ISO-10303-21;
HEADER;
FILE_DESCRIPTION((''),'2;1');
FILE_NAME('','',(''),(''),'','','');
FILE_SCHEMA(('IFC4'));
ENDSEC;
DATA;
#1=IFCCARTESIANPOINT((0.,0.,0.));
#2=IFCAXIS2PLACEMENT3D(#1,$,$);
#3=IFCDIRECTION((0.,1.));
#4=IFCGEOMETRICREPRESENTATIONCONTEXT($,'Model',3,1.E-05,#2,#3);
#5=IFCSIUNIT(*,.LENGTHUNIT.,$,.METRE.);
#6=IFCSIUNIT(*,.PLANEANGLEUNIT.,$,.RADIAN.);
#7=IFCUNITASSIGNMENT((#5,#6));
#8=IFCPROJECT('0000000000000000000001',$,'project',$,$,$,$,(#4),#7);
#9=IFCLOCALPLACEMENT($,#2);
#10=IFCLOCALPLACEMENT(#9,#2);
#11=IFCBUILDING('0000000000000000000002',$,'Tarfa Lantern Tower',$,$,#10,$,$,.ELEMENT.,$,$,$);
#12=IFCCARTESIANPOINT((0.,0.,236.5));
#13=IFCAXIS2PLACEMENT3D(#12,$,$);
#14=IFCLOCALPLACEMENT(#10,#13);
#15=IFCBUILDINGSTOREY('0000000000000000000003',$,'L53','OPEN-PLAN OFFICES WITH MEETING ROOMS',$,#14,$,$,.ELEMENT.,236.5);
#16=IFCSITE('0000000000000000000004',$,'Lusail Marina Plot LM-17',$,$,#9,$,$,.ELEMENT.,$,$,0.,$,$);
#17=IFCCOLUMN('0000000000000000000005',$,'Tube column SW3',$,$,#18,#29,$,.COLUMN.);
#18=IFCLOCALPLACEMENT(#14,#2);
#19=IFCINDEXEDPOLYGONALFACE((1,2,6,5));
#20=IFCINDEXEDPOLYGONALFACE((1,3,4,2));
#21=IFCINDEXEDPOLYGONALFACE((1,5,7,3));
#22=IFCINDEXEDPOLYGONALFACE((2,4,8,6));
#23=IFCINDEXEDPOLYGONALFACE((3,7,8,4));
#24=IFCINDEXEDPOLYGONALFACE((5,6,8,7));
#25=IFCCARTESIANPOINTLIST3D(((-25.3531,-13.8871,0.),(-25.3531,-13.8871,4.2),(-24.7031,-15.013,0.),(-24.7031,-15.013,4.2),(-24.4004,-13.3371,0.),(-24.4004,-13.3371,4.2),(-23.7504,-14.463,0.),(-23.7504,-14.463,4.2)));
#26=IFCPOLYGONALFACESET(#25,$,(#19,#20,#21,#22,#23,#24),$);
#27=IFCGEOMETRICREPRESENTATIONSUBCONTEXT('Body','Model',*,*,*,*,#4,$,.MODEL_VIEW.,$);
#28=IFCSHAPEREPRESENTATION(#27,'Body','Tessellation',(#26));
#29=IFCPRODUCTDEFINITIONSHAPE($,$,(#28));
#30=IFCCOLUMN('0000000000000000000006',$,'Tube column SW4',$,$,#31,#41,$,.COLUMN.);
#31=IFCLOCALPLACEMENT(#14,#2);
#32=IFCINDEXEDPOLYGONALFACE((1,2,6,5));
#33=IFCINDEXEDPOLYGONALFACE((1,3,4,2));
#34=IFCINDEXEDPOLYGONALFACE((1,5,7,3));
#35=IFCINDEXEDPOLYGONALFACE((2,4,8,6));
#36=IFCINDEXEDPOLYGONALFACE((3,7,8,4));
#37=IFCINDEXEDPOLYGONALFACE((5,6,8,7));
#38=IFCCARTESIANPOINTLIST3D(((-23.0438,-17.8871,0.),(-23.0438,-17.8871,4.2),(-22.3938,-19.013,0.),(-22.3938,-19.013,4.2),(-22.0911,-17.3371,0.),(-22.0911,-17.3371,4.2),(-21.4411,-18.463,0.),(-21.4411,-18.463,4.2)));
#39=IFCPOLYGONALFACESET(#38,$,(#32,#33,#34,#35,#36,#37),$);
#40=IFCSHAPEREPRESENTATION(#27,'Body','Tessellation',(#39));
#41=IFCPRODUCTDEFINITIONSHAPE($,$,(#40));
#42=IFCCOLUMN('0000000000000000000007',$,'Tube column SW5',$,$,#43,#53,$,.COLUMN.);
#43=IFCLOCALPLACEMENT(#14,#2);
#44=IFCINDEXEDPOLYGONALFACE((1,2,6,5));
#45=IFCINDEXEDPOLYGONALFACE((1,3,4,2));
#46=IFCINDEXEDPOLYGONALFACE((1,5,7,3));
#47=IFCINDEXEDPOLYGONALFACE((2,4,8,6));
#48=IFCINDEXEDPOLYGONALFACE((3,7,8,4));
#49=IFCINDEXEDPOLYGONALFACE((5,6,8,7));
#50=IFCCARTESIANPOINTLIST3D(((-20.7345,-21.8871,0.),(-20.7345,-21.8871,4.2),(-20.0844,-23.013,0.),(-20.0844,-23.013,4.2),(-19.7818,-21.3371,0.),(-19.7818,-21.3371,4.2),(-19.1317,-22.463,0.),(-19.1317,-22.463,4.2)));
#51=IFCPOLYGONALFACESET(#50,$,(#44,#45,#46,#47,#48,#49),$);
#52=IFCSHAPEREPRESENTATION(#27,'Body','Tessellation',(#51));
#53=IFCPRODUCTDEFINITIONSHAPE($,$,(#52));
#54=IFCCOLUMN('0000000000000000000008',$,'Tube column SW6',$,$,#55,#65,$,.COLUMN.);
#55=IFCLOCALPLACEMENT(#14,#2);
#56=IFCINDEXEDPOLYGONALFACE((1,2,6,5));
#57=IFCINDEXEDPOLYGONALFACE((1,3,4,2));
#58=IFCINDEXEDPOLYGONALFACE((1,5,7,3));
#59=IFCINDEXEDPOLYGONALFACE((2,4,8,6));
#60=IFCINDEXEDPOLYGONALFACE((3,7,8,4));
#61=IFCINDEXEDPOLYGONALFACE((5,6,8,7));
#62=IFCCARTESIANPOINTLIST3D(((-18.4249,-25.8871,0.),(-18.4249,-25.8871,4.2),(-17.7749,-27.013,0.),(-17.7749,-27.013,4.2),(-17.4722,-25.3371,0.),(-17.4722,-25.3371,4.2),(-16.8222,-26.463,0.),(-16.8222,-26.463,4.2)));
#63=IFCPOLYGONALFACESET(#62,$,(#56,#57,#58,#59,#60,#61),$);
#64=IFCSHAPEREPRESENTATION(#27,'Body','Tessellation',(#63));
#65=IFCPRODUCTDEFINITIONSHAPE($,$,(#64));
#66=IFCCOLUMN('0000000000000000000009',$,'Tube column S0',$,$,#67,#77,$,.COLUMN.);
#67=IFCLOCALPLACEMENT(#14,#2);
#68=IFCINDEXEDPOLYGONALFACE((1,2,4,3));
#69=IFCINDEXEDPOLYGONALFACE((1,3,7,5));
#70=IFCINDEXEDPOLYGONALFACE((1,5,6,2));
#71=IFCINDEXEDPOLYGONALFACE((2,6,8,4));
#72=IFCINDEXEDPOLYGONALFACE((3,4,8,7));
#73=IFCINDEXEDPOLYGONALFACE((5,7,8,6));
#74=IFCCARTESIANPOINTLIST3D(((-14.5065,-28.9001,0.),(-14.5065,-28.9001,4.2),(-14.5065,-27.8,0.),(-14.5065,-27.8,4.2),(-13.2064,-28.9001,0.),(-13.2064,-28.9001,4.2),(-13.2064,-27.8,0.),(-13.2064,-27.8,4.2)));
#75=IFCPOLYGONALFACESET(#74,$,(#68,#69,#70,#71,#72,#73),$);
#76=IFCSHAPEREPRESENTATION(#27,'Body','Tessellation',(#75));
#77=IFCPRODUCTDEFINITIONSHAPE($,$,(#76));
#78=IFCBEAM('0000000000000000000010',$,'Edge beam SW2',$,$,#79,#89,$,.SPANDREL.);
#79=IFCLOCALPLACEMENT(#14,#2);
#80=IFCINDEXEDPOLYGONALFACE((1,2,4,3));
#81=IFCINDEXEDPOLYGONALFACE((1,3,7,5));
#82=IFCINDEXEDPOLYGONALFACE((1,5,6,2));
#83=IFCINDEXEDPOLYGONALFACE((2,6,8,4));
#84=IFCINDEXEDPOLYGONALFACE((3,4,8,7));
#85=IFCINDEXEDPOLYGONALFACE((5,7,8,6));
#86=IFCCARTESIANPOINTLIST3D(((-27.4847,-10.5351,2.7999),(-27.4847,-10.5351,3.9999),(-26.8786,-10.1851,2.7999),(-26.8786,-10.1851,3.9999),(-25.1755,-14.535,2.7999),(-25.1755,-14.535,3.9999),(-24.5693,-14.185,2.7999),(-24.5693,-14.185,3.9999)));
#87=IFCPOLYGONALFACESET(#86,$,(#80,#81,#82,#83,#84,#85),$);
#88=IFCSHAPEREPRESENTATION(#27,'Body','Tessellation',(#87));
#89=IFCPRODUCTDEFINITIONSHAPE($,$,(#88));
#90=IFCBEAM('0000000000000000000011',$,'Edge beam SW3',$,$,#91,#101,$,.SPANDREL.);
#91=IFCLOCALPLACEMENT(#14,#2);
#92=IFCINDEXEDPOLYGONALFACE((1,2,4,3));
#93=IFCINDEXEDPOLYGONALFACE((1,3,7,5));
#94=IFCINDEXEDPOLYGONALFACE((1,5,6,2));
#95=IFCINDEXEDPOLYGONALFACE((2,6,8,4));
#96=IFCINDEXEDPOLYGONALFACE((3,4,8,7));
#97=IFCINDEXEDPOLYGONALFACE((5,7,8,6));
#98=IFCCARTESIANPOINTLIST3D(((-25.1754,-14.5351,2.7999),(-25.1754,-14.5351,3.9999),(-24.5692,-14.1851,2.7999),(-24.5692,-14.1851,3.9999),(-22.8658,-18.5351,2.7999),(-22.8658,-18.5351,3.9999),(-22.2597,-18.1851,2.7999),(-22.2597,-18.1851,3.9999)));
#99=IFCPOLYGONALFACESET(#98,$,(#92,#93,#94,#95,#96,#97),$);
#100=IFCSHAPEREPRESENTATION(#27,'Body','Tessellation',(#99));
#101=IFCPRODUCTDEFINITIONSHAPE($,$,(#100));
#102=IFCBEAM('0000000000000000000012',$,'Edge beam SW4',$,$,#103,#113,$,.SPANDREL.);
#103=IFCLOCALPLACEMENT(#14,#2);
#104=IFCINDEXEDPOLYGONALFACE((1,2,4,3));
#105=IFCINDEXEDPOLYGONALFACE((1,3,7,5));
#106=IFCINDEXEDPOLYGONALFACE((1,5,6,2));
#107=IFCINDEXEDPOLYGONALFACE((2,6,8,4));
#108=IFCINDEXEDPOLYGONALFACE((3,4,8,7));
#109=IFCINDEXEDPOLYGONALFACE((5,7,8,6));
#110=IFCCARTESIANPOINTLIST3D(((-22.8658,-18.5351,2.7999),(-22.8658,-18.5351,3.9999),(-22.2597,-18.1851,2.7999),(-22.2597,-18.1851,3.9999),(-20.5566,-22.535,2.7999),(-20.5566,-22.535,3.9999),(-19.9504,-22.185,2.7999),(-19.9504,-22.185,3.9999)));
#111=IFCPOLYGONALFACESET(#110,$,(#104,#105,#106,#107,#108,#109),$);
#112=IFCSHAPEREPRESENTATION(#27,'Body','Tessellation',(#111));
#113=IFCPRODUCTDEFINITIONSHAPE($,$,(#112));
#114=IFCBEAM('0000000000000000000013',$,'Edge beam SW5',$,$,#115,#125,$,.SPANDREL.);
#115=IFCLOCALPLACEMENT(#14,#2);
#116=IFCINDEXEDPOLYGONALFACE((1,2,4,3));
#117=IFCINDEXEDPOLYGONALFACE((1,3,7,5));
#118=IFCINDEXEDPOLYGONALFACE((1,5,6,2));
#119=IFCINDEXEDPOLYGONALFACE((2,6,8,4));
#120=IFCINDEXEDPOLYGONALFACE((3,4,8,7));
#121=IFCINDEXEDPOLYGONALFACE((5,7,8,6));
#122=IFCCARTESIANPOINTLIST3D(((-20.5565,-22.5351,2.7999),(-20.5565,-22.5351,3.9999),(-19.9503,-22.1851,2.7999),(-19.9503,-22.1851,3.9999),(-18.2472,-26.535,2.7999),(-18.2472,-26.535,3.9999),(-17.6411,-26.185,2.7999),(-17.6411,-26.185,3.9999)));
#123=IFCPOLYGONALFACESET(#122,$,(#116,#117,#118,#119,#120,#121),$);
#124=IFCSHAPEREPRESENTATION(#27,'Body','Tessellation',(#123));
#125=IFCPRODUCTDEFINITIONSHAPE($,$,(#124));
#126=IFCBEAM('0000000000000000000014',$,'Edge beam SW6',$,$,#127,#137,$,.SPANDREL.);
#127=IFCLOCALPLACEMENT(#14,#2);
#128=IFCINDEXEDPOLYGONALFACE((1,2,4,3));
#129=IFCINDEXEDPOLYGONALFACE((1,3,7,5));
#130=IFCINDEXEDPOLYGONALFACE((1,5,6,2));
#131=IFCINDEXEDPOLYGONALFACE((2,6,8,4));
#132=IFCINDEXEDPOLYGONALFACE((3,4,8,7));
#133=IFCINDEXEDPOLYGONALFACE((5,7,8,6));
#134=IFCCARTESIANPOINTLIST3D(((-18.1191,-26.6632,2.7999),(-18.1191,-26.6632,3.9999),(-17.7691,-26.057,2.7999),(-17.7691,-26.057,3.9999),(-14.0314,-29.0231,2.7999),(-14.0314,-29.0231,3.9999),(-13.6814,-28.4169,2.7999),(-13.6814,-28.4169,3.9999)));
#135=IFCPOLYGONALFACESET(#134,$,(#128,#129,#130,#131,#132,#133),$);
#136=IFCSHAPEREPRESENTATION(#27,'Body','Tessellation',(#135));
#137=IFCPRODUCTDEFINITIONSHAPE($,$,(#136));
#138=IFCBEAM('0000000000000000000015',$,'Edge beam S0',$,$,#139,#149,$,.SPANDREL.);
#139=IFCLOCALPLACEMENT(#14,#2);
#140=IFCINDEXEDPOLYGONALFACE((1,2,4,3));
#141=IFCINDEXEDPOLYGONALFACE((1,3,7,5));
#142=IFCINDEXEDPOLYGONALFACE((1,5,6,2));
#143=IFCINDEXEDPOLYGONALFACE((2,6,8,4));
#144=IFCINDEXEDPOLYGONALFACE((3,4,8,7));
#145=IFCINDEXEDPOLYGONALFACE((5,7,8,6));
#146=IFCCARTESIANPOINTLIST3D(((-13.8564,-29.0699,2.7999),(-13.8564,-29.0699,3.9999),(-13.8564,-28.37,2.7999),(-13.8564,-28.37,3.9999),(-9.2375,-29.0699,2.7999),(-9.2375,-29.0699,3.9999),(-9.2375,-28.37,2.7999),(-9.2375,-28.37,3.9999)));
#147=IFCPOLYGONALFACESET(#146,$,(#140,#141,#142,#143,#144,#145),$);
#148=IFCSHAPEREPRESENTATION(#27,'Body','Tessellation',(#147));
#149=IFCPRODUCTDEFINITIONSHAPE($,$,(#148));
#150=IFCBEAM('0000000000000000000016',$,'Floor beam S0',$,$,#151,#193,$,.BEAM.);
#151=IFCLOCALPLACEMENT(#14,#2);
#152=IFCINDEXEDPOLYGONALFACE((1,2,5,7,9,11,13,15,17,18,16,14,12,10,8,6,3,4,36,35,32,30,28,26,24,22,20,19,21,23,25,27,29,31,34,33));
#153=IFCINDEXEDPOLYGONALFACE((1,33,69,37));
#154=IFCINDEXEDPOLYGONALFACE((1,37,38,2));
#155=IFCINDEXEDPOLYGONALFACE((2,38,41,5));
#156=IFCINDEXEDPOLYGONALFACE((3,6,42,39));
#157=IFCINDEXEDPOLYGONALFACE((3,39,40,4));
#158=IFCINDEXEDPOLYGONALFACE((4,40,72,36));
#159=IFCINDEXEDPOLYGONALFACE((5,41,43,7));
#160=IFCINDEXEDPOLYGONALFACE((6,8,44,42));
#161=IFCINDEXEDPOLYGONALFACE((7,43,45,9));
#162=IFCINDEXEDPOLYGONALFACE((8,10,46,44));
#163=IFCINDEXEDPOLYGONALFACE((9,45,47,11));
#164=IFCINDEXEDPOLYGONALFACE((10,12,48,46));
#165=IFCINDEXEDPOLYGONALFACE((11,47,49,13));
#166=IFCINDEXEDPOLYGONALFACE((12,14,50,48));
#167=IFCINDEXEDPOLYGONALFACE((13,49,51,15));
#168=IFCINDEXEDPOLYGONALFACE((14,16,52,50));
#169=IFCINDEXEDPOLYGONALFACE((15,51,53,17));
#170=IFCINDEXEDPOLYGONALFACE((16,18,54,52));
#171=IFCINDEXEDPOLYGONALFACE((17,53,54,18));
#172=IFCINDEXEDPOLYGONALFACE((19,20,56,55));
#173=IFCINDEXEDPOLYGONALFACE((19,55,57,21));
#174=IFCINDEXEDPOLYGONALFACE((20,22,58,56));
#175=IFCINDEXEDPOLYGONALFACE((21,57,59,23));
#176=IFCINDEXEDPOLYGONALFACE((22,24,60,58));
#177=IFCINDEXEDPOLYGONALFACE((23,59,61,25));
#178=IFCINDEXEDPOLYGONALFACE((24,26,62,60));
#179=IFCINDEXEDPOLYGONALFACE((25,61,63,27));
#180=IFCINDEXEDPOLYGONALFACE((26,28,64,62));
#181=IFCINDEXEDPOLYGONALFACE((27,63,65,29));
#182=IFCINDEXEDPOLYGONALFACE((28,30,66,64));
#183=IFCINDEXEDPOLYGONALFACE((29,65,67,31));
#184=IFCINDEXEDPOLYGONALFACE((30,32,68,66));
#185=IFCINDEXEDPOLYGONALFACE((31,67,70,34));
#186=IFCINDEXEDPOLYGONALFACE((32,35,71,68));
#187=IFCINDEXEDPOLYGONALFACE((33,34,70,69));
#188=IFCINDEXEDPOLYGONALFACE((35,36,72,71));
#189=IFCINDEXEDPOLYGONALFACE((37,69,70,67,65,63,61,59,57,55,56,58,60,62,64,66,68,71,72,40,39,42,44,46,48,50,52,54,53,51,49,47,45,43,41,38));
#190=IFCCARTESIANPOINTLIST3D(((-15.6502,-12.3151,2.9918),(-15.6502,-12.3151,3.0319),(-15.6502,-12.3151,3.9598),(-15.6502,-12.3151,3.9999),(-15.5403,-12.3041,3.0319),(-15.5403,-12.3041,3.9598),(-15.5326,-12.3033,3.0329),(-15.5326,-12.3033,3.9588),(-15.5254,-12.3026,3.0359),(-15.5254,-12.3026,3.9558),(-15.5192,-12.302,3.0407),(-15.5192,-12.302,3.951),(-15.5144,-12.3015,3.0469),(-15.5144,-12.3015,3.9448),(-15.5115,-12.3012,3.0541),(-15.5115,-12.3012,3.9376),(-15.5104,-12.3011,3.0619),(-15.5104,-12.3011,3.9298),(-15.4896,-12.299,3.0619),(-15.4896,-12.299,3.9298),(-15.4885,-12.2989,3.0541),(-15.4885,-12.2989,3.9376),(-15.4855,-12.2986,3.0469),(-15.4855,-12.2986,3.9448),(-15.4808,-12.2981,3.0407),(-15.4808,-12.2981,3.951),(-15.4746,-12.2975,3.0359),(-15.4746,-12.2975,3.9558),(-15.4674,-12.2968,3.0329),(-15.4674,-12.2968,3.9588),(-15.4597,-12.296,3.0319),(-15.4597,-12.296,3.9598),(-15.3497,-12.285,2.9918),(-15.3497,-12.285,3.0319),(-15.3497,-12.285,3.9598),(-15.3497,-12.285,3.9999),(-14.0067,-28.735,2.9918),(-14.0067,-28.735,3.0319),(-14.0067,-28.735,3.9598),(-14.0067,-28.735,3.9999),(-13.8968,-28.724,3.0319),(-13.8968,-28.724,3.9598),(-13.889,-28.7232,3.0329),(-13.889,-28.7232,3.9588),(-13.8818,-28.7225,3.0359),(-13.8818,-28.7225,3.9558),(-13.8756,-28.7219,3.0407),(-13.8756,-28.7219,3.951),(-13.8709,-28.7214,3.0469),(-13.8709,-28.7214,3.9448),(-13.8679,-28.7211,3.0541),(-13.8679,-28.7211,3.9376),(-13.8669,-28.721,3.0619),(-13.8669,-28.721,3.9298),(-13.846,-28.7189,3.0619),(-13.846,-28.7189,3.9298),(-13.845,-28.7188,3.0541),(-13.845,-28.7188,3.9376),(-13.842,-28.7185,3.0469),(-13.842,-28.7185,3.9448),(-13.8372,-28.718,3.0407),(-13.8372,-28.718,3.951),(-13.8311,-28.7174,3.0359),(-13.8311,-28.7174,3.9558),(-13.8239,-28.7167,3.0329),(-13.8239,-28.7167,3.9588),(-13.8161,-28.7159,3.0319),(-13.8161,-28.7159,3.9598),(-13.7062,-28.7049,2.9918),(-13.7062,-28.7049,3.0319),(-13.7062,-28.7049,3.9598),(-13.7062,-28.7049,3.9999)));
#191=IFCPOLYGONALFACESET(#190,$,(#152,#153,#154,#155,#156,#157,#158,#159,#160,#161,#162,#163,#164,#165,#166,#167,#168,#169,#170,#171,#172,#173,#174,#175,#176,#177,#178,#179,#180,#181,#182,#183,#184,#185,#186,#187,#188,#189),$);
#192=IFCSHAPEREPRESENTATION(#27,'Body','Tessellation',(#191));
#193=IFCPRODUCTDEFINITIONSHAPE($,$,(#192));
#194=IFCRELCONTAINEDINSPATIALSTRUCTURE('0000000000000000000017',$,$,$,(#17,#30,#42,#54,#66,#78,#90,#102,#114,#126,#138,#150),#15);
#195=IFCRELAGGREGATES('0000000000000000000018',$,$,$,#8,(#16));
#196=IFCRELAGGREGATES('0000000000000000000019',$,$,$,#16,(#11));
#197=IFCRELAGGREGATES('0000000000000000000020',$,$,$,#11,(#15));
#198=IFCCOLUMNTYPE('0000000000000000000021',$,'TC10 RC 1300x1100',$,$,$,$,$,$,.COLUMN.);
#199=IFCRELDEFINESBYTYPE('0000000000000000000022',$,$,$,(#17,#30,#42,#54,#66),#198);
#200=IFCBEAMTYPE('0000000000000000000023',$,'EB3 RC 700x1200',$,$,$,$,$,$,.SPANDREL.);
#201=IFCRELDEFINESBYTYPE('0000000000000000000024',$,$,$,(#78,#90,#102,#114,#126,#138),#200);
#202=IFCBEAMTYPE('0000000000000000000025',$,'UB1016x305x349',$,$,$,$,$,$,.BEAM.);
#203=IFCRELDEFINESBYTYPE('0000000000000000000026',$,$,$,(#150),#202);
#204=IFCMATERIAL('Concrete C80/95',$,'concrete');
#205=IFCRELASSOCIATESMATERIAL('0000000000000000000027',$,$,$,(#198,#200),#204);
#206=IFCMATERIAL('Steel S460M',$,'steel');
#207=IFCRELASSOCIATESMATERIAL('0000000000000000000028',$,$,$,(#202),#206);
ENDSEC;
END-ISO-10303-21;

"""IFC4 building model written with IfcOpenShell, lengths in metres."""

from ifc_helpers import new_model, si_unit, direction, frame, origin, origin_2d, place, context, subcontext, project, spatial, rectangle, i_section, extrude, material, material_profile, profile_set, type_object, element, save


model = new_model("IFC4")

# Units and contexts
model_context = context("Model", 3, precision=1e-05, world=origin(), true_north=direction((0.0, 1.0)))
body_context = subcontext(model_context, "Body", "Model", "MODEL_VIEW")
ifc_project = project(units=[si_unit("LENGTHUNIT", "METRE"), si_unit("PLANEANGLEUNIT", "RADIAN")], contexts=[model_context])

# Site, building, storey
site_placement = place(None, origin())
site = spatial("IfcSite", under=ifc_project, at=site_placement, Name="Lusail Marina Plot LM-17", CompositionType="ELEMENT", RefElevation=0.0)
building_placement = place(site_placement, origin())
building = spatial("IfcBuilding", under=site, at=building_placement, Name="Tarfa Lantern Tower", CompositionType="ELEMENT")
storey_placement = place(building_placement, frame((0.0, 0.0, 236.5)))
storey = spatial("IfcBuildingStorey", under=building, at=storey_placement, Name="L53", Description="OPEN-PLAN OFFICES WITH MEETING ROOMS", CompositionType="ELEMENT", Elevation=236.5)

# Columns
ifc_material_1 = material(Name="Concrete C80/95", Category="concrete")
ifc_material_profile_1 = material_profile(ifc_material_1, rectangle(XDim=1.3, YDim=1.1001, at=origin_2d()), Name="RC 1300x1100")
ifc_profile_set_1 = profile_set([ifc_material_profile_1], Name="Concrete C80/95")
column_type = type_object("IfcColumnType", Name="TC10 RC 1300x1100", PredefinedType="COLUMN", material=ifc_profile_set_1)
for number, where, z_axis, x_axis, name in (
    (1, (-24.5518, -14.175, 0.0), (0.0, 0.0, 1.0), (0.5, -0.866025, 0.0), "Tube column SW3"),
    (2, (-22.2424, -18.175, 0.0), (0.0, 0.0, 1.0), (0.5, -0.866025, 0.0), "Tube column SW4"),
    (3, (-19.9331, -22.175, 0.0), (0.0, 0.0, 1.0), (0.5, -0.866025, 0.0), "Tube column SW5"),
    (4, (-17.6235, -26.175, 0.0), (0.0, 0.0, 1.0), (0.5, -0.866025, 0.0), "Tube column SW6"),
    (5, (-13.8564, -28.3501, 0.0), (0.0, 0.0, 1.0), (1.0, 0.0, 0.0), "Tube column S0"),
):
    element("IfcColumn", number, at=place(storey_placement, frame(where, z_axis=z_axis, x_axis=x_axis)), inside=storey, type_object=column_type, Name=name, PredefinedType="COLUMN", context=body_context, shape_type="SweptSolid", body=[
        extrude(rectangle(XDim=1.3, YDim=1.1001, at=origin_2d()), origin(), (0.0, 0.0, 1.0), 4.2),
    ])

# Beams
ifc_material_profile_2 = material_profile(ifc_material_1, rectangle(XDim=0.7, YDim=1.2, at=origin_2d()), Name="RC 700x1200")
ifc_profile_set_2 = profile_set([ifc_material_profile_2], Name="Concrete C80/95")
beam_type_1 = type_object("IfcBeamType", Name="EB3 RC 700x1200", PredefinedType="SPANDREL", material=ifc_profile_set_2)
beam_1_placement = place(storey_placement, frame((-27.1816, -10.3601, 3.3999), z_axis=(0.499988, -0.866032, 0.0), x_axis=(0.866032, 0.499988, 0.0)))
element("IfcBeam", 6, at=beam_1_placement, inside=storey, type_object=beam_type_1, Name="Edge beam SW2", PredefinedType="SPANDREL", context=body_context, shape_type="SweptSolid", body=[
    extrude(rectangle(XDim=0.7, YDim=1.2, at=origin_2d()), origin(), (0.0, 0.0, 1.0), 4.6187),
])
beam_2_placement = place(storey_placement, frame((-24.8723, -14.3601, 3.3999), z_axis=(0.500027, -0.86601, 0.0), x_axis=(0.86601, 0.500027, 0.0)))
element("IfcBeam", 7, at=beam_2_placement, inside=storey, type_object=beam_type_1, Name="Edge beam SW3", PredefinedType="SPANDREL", context=body_context, shape_type="SweptSolid", body=[
    extrude(rectangle(XDim=0.7, YDim=1.2, at=origin_2d()), origin(), (0.0, 0.0, 1.0), 4.6189),
])
for number, where, z_axis, x_axis, name in (
    (8, (-22.5627, -18.3601, 3.3999), (0.499988, -0.866032, 0.0), (0.866032, 0.499988, 0.0), "Edge beam SW4"),
    (9, (-20.2534, -22.3601, 3.3999), (0.499988, -0.866032, 0.0), (0.866032, 0.499988, 0.0), "Edge beam SW5"),
):
    element("IfcBeam", number, at=place(storey_placement, frame(where, z_axis=z_axis, x_axis=x_axis)), inside=storey, type_object=beam_type_1, Name=name, PredefinedType="SPANDREL", context=body_context, shape_type="SweptSolid", body=[
        extrude(rectangle(XDim=0.7, YDim=1.2, at=origin_2d()), origin(), (0.0, 0.0, 1.0), 4.6187),
    ])
beam_3_placement = place(storey_placement, frame((-17.9441, -26.3601, 3.3999), z_axis=(0.866038, -0.499978, 0.0), x_axis=(0.499978, 0.866038, 0.0)))
element("IfcBeam", 10, at=beam_3_placement, inside=storey, type_object=beam_type_1, Name="Edge beam SW6", PredefinedType="SPANDREL", context=body_context, shape_type="SweptSolid", body=[
    extrude(rectangle(XDim=0.7, YDim=1.2, at=origin_2d()), origin(), (0.0, 0.0, 1.0), 4.72),
])
beam_4_placement = place(storey_placement, frame((-13.8564, -28.72, 3.3999), z_axis=(1.0, 0.0, 0.0), x_axis=(0.0, 1.0, 0.0)))
element("IfcBeam", 11, at=beam_4_placement, inside=storey, type_object=beam_type_1, Name="Edge beam S0", PredefinedType="SPANDREL", context=body_context, shape_type="SweptSolid", body=[
    extrude(rectangle(XDim=0.7, YDim=1.2, at=origin_2d()), origin(), (0.0, 0.0, 1.0), 4.6189),
])
ifc_material_2 = material(Name="Steel S460M", Category="steel")
ifc_material_profile_3 = material_profile(ifc_material_2, i_section(OverallWidth=0.302, OverallDepth=1.0081, WebThickness=0.021, FlangeThickness=0.04, FilletRadius=0.03, at=origin_2d()), Name="UB1016x305x349")
ifc_profile_set_3 = profile_set([ifc_material_profile_3], Name="Steel S460M")
beam_type_2 = type_object("IfcBeamType", Name="UB1016x305x349", PredefinedType="BEAM", material=ifc_profile_set_3)
beam_5_placement = place(storey_placement, frame((-13.8564, -28.72, 3.4958), z_axis=(-0.099597, 0.995028, 0.0), x_axis=(-0.995028, -0.099597, 0.0)))
element("IfcBeam", 12, at=beam_5_placement, inside=storey, type_object=beam_type_2, Name="Floor beam S0", PredefinedType="BEAM", context=body_context, shape_type="SweptSolid", body=[
    extrude(i_section(OverallWidth=0.302, OverallDepth=1.0081, WebThickness=0.021, FlangeThickness=0.04, FilletRadius=0.03, at=origin_2d()), origin(), (0.0, 0.0, 1.0), 16.502),
])

save(model, "model.ifc")
